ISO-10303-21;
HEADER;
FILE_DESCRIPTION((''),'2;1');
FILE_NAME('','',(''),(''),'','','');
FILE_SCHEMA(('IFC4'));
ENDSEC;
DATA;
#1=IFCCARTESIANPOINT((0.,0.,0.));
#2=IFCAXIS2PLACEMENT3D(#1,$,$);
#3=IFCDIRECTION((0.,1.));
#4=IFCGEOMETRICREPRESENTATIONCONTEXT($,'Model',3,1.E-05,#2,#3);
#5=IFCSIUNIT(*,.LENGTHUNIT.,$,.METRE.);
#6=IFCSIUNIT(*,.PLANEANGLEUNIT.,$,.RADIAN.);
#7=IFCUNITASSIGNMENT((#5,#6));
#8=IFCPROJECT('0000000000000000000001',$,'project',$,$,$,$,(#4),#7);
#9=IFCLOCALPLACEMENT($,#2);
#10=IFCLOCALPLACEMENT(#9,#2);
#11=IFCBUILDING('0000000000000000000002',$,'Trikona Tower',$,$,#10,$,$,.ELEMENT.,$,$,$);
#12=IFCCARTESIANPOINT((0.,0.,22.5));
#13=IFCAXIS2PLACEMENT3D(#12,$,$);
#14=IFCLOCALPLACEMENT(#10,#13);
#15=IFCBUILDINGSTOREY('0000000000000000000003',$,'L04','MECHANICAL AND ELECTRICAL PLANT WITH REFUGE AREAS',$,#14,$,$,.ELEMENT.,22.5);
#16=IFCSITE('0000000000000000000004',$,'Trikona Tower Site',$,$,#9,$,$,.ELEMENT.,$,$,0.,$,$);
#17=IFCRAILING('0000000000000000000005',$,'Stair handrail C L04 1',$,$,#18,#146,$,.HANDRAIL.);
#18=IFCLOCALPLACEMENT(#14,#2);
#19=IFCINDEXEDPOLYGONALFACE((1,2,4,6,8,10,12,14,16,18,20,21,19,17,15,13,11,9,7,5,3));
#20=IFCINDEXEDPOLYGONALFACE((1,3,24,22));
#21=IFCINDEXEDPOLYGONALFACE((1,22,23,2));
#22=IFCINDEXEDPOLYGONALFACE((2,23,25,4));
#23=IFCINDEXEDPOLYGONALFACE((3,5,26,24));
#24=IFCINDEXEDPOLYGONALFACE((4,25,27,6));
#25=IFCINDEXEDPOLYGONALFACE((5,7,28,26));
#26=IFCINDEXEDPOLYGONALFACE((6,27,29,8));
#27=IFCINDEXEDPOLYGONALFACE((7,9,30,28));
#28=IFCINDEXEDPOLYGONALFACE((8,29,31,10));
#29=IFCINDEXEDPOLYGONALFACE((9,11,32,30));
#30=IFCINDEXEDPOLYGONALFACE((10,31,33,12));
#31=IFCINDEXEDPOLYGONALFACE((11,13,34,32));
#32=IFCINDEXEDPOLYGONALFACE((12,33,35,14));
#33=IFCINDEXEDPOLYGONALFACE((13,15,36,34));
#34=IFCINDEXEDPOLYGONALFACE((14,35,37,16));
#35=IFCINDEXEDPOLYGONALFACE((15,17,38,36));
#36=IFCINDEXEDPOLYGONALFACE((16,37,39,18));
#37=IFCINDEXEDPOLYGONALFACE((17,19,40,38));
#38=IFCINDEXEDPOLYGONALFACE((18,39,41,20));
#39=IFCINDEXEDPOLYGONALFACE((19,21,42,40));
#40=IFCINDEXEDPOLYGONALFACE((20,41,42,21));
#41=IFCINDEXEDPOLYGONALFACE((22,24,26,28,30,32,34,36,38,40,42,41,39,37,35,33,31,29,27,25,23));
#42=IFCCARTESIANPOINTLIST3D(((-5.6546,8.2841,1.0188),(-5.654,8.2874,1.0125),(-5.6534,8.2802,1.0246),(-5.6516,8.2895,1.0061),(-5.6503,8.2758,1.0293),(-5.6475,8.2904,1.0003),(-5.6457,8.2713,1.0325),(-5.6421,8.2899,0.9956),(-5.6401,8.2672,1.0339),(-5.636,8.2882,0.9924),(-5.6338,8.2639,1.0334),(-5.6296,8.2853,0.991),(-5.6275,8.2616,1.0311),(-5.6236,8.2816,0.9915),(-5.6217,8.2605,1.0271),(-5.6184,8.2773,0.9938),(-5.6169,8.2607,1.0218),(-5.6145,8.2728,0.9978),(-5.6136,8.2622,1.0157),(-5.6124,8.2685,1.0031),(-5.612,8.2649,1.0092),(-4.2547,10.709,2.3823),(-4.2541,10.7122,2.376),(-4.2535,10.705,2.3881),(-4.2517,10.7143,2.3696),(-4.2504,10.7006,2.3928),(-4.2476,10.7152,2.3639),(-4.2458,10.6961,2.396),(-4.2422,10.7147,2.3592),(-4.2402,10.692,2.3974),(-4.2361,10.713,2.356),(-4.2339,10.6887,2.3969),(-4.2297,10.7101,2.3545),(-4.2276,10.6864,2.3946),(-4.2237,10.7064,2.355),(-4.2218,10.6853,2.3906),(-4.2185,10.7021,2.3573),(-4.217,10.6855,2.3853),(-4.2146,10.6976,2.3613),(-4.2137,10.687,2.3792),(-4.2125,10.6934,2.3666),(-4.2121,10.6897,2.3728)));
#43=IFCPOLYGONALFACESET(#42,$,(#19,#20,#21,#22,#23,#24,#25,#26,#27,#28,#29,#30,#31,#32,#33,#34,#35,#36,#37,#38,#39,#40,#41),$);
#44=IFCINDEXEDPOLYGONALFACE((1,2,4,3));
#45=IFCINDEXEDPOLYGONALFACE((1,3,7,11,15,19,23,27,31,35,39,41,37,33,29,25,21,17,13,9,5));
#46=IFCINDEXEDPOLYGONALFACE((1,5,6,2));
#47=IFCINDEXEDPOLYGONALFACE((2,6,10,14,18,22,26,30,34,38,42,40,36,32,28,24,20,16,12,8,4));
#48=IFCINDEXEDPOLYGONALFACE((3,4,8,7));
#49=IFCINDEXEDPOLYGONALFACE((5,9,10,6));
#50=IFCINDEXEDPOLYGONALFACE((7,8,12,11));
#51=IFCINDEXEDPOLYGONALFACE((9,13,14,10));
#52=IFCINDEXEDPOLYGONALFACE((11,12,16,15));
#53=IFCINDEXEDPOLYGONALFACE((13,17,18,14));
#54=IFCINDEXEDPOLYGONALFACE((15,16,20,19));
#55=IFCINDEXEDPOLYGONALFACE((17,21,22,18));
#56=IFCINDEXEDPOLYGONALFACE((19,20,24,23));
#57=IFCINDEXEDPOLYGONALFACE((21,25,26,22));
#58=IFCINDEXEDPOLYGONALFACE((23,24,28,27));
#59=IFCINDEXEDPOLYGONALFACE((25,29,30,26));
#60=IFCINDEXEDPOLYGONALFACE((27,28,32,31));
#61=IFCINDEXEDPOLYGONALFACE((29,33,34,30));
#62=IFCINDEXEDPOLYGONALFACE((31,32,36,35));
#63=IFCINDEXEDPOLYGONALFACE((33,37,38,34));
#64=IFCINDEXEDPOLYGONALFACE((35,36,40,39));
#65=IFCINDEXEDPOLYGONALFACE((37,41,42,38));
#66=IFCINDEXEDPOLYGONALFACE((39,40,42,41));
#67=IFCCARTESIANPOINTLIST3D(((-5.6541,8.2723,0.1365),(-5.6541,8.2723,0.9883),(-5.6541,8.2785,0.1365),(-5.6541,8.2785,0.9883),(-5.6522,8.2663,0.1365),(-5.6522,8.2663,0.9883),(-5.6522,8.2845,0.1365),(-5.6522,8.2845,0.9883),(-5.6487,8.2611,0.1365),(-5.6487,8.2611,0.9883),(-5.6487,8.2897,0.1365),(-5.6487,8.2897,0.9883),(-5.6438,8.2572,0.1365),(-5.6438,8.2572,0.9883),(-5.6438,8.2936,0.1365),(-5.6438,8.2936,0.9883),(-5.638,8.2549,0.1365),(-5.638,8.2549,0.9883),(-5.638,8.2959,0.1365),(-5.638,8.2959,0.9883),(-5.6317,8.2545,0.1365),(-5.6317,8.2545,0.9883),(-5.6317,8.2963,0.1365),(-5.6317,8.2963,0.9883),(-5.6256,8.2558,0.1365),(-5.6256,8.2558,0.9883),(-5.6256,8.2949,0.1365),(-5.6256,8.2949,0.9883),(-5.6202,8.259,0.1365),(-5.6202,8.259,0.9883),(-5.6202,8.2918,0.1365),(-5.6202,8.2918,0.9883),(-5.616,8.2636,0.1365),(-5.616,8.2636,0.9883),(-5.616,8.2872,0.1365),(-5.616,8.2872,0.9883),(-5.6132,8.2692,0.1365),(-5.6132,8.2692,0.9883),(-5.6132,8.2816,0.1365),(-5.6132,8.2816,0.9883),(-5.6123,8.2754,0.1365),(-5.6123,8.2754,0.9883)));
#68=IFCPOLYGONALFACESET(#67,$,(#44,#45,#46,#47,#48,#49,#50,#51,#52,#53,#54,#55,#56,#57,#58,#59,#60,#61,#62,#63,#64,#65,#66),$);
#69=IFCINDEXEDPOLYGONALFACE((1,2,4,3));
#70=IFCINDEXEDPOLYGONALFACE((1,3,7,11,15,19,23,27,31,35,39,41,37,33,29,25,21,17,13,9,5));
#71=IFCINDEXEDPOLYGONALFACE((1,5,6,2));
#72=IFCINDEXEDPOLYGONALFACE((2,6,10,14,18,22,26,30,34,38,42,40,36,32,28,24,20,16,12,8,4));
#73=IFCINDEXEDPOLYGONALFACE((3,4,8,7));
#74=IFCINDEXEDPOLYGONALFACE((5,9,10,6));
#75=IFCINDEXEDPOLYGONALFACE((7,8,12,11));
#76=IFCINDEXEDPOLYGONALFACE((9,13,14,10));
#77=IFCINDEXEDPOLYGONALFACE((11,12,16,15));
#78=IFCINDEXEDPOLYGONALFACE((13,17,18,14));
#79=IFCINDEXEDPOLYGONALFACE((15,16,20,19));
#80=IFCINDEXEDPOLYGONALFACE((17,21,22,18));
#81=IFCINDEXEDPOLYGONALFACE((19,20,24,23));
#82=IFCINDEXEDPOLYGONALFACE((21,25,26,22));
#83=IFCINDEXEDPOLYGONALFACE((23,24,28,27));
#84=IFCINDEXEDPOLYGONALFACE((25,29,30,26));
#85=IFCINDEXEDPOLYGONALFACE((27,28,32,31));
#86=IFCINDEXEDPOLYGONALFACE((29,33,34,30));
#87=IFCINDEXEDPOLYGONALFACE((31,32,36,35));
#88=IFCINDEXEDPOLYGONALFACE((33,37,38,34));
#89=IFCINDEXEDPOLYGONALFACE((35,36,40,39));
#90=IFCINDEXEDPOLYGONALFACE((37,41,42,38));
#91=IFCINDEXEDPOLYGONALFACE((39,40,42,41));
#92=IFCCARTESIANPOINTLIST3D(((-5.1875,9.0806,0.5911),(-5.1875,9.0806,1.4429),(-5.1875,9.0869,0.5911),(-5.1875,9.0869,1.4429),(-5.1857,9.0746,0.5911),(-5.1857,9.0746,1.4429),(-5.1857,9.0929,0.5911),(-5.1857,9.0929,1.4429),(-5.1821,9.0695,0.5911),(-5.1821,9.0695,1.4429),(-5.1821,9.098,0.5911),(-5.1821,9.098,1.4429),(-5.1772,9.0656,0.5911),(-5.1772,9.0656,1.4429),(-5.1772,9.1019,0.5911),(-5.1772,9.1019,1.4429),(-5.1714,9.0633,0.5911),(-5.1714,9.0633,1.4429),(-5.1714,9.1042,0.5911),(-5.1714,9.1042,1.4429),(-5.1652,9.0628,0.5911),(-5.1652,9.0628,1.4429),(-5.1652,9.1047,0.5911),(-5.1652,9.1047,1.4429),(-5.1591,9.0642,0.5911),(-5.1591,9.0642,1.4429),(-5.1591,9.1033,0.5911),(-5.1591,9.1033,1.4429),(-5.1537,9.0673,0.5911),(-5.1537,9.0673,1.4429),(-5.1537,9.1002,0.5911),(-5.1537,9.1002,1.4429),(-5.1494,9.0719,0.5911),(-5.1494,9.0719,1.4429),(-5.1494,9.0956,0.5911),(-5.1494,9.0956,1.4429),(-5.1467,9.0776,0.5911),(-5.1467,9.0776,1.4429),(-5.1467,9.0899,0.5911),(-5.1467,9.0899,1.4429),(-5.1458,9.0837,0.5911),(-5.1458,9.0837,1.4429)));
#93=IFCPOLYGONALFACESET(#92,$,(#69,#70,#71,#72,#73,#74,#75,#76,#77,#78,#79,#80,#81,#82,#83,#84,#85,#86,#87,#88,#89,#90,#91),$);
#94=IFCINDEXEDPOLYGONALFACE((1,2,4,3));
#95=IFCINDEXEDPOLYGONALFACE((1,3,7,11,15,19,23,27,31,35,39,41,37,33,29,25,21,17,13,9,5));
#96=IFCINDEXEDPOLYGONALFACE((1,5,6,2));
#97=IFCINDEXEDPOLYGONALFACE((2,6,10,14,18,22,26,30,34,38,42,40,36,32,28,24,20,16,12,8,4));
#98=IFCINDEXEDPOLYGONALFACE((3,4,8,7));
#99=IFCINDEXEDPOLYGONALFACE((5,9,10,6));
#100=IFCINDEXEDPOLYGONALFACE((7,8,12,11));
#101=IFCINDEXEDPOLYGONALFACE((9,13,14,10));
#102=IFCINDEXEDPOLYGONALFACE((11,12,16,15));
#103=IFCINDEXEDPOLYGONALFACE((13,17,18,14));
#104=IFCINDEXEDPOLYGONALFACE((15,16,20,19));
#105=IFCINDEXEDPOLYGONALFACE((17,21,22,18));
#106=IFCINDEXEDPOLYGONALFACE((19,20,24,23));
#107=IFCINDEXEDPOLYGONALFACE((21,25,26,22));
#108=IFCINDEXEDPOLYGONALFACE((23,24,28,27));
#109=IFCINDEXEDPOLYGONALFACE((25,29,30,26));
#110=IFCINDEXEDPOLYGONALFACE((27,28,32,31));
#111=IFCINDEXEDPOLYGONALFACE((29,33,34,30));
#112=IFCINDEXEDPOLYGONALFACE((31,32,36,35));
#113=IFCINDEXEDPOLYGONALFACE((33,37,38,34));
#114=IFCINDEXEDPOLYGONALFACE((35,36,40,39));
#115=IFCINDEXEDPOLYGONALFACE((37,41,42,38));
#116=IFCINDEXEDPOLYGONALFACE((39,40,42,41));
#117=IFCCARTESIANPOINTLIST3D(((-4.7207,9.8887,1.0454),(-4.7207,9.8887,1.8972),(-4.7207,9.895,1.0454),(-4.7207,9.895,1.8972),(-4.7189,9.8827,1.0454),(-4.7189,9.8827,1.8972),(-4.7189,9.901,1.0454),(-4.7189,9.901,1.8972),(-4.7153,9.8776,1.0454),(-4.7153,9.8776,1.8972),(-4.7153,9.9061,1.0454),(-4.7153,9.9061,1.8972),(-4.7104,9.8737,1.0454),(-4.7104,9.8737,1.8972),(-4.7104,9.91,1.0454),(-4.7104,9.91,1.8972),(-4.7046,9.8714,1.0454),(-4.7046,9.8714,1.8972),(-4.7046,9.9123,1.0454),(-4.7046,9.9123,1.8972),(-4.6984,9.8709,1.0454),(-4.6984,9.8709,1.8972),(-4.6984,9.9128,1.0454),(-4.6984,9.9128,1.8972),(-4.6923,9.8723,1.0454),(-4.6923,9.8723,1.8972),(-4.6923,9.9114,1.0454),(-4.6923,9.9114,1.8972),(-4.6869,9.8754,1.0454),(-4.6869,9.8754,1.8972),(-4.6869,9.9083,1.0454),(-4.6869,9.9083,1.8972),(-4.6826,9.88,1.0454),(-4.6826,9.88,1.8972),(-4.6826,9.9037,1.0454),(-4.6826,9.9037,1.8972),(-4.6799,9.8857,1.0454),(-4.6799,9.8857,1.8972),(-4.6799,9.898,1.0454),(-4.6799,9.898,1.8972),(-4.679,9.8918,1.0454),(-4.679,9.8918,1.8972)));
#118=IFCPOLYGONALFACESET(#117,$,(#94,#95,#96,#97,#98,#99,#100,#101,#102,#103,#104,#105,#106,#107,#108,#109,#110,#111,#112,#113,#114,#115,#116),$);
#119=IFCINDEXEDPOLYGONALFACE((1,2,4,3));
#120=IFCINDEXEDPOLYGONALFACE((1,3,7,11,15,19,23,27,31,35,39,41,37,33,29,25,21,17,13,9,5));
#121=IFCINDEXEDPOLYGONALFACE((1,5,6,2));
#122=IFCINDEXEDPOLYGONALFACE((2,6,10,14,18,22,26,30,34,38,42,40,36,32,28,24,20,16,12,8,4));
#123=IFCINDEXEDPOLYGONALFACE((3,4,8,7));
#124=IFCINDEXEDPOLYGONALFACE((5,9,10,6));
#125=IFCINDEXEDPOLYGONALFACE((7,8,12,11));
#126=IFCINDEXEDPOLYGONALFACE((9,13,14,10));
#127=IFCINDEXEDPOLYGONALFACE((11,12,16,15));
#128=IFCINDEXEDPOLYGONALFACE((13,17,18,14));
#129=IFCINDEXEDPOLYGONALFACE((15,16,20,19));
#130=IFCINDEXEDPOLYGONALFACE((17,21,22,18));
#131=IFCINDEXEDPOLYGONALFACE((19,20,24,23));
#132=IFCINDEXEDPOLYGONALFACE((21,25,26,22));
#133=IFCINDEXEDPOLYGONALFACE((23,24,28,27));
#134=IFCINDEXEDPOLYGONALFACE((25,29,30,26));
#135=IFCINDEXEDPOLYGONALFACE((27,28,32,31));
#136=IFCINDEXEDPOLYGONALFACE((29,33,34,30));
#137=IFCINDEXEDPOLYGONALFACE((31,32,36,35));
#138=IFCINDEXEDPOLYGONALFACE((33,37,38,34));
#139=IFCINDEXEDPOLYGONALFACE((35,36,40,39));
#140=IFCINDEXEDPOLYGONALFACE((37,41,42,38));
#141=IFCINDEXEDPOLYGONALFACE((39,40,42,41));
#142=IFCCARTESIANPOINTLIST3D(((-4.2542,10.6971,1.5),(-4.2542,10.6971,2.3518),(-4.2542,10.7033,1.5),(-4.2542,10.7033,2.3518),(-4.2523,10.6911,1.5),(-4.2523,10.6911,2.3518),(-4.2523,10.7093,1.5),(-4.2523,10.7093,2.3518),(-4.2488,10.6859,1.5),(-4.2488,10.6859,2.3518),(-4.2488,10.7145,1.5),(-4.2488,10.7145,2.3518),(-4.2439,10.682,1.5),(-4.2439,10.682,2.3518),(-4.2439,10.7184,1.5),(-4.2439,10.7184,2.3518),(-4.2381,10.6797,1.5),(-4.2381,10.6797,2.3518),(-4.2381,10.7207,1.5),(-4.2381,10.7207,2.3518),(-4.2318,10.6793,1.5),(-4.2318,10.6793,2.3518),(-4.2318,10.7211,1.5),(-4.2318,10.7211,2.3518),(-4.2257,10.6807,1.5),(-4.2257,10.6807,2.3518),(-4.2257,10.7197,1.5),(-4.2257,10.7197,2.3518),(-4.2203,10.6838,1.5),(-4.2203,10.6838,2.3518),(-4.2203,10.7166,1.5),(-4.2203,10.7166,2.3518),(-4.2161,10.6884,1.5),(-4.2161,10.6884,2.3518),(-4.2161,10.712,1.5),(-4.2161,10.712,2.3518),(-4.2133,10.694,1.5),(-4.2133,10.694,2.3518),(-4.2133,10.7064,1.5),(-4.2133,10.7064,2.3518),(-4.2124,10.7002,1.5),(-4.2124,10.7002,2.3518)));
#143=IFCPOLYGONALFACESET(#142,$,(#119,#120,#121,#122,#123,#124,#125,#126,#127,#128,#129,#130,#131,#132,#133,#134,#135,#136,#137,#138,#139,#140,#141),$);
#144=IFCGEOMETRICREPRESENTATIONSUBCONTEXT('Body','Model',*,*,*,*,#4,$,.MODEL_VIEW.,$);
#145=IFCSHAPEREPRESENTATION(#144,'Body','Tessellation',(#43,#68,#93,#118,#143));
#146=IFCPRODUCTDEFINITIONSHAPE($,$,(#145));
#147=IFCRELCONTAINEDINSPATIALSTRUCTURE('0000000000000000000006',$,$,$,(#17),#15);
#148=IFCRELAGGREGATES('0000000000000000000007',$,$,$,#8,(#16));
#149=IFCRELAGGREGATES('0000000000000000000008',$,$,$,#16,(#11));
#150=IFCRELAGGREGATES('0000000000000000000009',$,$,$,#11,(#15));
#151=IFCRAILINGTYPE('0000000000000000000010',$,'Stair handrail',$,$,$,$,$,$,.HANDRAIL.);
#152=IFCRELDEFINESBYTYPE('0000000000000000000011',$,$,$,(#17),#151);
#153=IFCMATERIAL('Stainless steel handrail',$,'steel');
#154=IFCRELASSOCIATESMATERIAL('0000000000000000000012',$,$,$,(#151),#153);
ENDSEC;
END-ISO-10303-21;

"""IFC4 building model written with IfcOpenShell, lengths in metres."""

from ifc_helpers import new_model, si_unit, direction, frame, origin, origin_2d, place, context, subcontext, project, spatial, circle, extrude, material, type_object, element, save


model = new_model("IFC4")

# Units and contexts
model_context = context("Model", 3, precision=1e-05, world=origin(), true_north=direction((0.0, 1.0)))
body_context = subcontext(model_context, "Body", "Model", "MODEL_VIEW")
ifc_project = project(units=[si_unit("LENGTHUNIT", "METRE"), si_unit("PLANEANGLEUNIT", "RADIAN")], contexts=[model_context])

# Site, building, storey
site_placement = place(None, origin())
site = spatial("IfcSite", under=ifc_project, at=site_placement, Name="Trikona Tower Site", CompositionType="ELEMENT", RefElevation=0.0)
building_placement = place(site_placement, origin())
building = spatial("IfcBuilding", under=site, at=building_placement, Name="Trikona Tower", CompositionType="ELEMENT")
storey_placement = place(building_placement, frame((0.0, 0.0, 22.5)))
storey = spatial("IfcBuildingStorey", under=building, at=storey_placement, Name="L04", Description="MECHANICAL AND ELECTRICAL PLANT WITH REFUGE AREAS", CompositionType="ELEMENT", Elevation=22.5)

# Railing
ifc_material_1 = material(Name="Stainless steel handrail", Category="steel")
railing_type = type_object("IfcRailingType", Name="Stair handrail", PredefinedType="HANDRAIL", material=ifc_material_1)
railing_1_placement = place(storey_placement, frame((-5.6333, 8.2754, 0.1365)))
element("IfcRailing", 1, at=railing_1_placement, inside=storey, type_object=railing_type, Name="Stair handrail C L04 1", PredefinedType="HANDRAIL", context=body_context, shape_type="SweptSolid", body=[
    extrude(circle(Radius=0.0239, at=origin_2d()), frame((0.0, 0.0, 0.876), z_axis=(0.449514, 0.778614, 0.437833), x_axis=(-0.866035, 0.499984, 0.0)), (0.0, 0.0, 1.0), 3.1143),
    extrude(circle(Radius=0.021, at=origin_2d()), origin(), (0.0, 0.0, 1.0), 0.8518),
    extrude(circle(Radius=0.021, at=origin_2d()), frame((0.4666, 0.8083, 0.4546)), (0.0, 0.0, 1.0), 0.8518),
    extrude(circle(Radius=0.021, at=origin_2d()), frame((0.9333, 1.6165, 0.9089)), (0.0, 0.0, 1.0), 0.8518),
    extrude(circle(Radius=0.021, at=origin_2d()), frame((1.3999, 2.4248, 1.3635)), (0.0, 0.0, 1.0), 0.8518),
])

save(model, "model.ifc")
